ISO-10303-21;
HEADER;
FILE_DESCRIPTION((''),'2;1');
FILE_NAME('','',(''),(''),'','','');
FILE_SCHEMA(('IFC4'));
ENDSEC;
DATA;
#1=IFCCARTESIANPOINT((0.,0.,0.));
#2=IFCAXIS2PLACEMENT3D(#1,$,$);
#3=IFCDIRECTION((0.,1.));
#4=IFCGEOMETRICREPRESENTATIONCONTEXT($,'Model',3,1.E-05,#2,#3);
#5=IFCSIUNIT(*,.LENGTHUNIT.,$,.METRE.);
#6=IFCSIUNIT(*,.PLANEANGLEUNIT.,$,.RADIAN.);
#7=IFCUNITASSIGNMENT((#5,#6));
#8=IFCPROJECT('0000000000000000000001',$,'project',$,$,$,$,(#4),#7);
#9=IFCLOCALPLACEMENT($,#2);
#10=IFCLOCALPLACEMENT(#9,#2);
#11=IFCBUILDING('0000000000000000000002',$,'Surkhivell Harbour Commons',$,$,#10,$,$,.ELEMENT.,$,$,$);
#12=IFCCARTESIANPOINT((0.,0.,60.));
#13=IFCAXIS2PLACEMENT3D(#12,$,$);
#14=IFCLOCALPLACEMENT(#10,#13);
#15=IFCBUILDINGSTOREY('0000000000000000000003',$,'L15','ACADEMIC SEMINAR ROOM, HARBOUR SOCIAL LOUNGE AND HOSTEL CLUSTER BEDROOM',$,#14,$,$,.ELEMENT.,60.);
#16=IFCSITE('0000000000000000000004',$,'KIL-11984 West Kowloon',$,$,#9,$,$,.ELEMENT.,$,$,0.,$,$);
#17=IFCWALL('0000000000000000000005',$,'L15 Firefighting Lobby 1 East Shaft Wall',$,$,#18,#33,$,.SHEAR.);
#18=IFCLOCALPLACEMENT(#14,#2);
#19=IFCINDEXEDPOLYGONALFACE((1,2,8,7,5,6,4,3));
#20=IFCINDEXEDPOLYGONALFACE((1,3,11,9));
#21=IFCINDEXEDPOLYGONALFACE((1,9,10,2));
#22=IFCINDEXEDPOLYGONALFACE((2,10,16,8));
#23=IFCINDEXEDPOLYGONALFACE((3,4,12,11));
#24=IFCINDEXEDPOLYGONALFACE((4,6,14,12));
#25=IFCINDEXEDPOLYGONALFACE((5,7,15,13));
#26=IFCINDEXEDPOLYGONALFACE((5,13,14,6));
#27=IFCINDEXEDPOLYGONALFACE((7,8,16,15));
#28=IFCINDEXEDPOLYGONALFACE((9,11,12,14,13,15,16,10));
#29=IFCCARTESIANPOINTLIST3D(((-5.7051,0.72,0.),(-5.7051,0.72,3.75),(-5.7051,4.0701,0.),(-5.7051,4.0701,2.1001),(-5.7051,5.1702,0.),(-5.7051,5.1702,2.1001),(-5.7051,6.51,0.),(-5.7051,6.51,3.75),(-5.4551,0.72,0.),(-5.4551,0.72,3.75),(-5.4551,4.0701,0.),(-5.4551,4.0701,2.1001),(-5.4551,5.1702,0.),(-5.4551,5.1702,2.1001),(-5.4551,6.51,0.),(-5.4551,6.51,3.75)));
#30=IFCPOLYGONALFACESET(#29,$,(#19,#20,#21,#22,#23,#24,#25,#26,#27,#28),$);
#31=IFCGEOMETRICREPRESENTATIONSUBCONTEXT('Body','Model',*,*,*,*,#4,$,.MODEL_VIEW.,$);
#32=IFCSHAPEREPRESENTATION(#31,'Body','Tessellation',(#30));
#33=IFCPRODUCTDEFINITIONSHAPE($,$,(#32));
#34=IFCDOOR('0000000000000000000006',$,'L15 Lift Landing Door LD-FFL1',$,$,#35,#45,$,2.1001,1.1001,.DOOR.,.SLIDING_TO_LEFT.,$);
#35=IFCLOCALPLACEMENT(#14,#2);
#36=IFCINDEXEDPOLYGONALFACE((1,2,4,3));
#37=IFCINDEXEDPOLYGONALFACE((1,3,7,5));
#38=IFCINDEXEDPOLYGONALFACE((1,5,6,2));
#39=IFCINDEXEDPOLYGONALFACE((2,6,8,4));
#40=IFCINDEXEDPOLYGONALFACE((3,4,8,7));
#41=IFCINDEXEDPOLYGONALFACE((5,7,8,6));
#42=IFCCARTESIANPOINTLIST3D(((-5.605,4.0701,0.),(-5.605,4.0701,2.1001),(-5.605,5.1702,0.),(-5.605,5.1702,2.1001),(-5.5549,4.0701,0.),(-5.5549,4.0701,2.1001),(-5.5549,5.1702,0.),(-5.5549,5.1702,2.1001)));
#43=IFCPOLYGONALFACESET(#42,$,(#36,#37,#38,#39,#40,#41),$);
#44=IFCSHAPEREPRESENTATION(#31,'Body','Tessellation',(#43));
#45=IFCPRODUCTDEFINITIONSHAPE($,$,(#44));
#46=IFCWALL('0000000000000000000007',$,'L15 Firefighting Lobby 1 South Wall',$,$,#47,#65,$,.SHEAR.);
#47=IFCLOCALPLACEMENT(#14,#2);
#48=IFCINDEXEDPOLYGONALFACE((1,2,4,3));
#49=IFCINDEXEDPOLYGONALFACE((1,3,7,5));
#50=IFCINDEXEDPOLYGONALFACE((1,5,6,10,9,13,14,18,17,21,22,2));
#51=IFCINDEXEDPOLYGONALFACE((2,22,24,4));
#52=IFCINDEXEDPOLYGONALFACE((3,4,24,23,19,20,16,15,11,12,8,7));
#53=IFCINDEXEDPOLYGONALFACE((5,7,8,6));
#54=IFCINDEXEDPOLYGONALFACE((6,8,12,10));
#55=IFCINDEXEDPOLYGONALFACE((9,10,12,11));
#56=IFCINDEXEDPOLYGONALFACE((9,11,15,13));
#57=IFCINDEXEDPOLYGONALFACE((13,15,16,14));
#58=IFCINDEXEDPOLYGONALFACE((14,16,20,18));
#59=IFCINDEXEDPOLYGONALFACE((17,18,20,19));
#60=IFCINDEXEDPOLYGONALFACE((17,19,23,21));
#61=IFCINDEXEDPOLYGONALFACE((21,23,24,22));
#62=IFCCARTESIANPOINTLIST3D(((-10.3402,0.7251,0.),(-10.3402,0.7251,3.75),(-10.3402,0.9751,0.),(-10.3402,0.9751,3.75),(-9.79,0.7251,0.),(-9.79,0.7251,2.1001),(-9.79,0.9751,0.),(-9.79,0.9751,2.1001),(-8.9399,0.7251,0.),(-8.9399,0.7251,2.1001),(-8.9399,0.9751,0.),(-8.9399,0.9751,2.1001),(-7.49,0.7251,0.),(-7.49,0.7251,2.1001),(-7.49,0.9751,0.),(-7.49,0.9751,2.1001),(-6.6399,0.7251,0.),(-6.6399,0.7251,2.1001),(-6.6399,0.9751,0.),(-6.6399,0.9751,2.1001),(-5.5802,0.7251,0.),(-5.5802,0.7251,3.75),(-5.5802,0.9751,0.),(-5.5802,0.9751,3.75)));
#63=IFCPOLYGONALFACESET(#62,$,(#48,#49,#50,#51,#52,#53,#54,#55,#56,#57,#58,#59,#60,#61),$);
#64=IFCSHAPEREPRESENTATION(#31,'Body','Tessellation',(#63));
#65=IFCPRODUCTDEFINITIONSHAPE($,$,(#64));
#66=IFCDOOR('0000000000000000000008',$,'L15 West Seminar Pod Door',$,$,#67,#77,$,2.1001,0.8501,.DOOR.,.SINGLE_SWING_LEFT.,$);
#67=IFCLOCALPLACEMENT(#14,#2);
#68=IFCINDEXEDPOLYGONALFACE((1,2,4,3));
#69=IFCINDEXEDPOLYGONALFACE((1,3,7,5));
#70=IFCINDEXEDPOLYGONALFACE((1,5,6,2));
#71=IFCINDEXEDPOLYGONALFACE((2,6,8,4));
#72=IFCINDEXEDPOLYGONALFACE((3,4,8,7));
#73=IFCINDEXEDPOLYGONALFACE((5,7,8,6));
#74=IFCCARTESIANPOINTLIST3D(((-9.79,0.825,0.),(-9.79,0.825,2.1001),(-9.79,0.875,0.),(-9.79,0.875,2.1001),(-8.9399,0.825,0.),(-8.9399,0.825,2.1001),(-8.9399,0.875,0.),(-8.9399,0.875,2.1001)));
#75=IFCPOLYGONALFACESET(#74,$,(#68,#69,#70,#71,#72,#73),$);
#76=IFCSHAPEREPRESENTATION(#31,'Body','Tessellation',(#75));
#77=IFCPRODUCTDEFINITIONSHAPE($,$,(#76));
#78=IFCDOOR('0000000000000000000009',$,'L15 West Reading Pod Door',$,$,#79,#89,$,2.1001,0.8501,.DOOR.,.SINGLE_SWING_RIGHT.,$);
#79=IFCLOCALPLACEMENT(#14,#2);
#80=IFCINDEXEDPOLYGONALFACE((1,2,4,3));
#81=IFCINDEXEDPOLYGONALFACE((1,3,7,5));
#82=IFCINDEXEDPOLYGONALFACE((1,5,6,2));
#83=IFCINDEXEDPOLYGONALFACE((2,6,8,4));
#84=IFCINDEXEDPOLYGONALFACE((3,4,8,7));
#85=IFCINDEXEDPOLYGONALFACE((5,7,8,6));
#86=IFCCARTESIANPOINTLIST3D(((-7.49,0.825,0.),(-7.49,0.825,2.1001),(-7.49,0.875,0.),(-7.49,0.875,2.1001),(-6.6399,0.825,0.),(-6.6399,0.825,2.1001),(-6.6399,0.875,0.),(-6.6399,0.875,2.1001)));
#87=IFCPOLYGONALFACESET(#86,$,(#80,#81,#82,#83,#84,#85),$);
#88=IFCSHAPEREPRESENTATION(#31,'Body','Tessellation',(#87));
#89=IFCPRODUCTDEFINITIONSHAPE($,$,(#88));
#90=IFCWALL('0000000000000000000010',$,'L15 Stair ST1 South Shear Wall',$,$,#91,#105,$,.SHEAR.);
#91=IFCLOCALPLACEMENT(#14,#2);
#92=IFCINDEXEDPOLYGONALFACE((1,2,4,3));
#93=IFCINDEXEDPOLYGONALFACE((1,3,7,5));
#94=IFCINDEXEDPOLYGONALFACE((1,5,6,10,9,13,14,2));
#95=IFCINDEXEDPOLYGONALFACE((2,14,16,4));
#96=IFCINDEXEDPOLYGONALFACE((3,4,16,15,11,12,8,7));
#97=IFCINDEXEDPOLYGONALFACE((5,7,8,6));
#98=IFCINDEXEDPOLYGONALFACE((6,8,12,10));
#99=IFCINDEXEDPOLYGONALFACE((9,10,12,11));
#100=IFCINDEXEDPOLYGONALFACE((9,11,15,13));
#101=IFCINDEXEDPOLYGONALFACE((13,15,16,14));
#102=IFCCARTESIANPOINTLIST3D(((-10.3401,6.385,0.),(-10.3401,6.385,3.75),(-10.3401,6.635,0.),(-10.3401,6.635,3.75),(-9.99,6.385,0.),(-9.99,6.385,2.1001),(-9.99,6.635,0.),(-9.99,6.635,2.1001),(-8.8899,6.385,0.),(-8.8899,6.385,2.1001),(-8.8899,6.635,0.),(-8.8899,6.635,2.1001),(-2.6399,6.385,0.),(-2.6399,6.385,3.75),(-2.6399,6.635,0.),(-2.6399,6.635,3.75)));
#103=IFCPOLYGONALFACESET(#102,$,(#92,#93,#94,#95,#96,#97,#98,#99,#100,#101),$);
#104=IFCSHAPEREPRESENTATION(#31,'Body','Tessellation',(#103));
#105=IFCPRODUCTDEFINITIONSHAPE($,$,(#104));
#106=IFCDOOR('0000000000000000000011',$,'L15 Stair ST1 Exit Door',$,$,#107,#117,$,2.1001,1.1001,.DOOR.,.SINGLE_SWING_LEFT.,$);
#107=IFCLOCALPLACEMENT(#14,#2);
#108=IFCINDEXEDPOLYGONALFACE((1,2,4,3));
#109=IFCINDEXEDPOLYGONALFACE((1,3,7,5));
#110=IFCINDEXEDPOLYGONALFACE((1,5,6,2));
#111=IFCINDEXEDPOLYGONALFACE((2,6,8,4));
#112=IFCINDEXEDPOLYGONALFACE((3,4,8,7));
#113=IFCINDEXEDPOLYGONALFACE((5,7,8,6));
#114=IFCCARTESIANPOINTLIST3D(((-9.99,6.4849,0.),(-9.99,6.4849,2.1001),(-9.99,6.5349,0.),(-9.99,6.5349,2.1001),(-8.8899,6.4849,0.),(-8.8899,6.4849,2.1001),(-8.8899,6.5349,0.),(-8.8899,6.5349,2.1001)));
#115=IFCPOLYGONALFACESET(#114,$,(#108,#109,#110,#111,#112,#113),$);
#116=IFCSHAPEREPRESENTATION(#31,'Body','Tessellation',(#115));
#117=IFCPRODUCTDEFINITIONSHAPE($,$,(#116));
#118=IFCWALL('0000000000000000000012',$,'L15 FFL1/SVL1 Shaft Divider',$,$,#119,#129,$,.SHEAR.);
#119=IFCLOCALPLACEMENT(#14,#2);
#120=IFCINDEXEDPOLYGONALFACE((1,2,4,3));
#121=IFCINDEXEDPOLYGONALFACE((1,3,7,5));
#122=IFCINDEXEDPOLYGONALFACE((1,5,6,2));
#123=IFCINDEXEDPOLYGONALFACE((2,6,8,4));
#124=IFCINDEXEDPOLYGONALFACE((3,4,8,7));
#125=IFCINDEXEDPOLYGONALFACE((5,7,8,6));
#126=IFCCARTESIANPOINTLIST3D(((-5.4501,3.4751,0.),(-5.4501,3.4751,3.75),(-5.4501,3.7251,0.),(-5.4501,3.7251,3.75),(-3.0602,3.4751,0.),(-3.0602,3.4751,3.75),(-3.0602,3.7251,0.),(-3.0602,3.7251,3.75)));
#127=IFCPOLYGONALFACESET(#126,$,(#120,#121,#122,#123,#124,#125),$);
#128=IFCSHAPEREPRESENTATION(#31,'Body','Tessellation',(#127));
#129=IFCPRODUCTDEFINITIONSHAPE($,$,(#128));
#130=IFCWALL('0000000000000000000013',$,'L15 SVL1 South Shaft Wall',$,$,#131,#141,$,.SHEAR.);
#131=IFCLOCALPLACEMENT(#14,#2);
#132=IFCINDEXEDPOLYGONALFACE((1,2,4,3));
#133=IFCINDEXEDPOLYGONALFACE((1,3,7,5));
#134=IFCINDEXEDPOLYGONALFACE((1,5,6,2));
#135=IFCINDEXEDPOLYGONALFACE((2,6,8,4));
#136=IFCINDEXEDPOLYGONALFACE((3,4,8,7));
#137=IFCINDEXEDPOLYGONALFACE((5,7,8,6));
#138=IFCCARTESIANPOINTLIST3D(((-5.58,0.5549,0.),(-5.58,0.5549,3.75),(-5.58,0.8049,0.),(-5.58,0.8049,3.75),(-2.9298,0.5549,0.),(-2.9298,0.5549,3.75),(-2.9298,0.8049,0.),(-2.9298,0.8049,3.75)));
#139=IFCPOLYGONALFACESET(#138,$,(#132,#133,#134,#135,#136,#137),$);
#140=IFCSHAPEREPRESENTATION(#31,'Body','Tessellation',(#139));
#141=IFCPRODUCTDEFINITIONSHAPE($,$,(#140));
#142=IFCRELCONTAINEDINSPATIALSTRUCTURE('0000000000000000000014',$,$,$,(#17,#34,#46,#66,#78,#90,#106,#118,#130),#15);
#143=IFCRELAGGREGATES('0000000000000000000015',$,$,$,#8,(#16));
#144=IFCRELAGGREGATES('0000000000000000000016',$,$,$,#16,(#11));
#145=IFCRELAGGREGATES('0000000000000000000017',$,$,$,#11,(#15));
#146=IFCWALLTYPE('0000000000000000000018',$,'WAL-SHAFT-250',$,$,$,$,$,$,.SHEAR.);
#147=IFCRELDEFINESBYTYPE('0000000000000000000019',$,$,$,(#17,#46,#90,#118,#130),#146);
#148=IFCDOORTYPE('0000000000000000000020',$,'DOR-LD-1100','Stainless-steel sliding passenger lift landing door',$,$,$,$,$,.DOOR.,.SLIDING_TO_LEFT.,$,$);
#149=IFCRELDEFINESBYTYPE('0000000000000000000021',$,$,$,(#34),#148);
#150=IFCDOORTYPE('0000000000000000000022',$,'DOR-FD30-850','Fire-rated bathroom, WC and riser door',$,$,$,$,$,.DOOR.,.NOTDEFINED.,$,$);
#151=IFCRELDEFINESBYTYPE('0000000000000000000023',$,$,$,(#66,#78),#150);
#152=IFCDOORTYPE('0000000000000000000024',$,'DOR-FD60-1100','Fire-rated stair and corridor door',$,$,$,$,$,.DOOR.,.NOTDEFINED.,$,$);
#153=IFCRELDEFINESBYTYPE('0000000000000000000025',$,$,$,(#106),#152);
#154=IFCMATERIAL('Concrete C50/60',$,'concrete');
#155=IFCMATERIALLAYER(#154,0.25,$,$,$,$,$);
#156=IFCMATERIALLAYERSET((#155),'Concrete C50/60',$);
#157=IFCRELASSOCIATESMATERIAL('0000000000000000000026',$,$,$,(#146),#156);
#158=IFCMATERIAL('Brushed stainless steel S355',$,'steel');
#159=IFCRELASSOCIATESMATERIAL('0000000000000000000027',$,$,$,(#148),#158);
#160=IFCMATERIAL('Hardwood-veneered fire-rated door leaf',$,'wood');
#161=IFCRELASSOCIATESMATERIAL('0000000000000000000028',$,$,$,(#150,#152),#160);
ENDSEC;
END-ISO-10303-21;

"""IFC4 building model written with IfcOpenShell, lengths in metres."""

from ifc_helpers import new_model, si_unit, direction, frame, frame_2d, origin, place, context, subcontext, project, spatial, rectangle, extrude, material, layer, layer_set, type_object, element, fill, save


model = new_model("IFC4")

# Units and contexts
model_context = context("Model", 3, precision=1e-05, world=origin(), true_north=direction((0.0, 1.0)))
body_context = subcontext(model_context, "Body", "Model", "MODEL_VIEW")
ifc_project = project(units=[si_unit("LENGTHUNIT", "METRE"), si_unit("PLANEANGLEUNIT", "RADIAN")], contexts=[model_context])

# Site, building, storey
site_placement = place(None, origin())
site = spatial("IfcSite", under=ifc_project, at=site_placement, Name="KIL-11984 West Kowloon", CompositionType="ELEMENT", RefElevation=0.0)
building_placement = place(site_placement, origin())
building = spatial("IfcBuilding", under=site, at=building_placement, Name="Surkhivell Harbour Commons", CompositionType="ELEMENT")
storey_placement = place(building_placement, frame((0.0, 0.0, 60.0)))
storey = spatial("IfcBuildingStorey", under=building, at=storey_placement, Name="L15", Description="ACADEMIC SEMINAR ROOM, HARBOUR SOCIAL LOUNGE AND HOSTEL CLUSTER BEDROOM", CompositionType="ELEMENT", Elevation=60.0)

# Shared definitions
ifc_material_1 = material(Name="Hardwood-veneered fire-rated door leaf", Category="wood")

# Wall, opening, door
ifc_material_2 = material(Name="Concrete C50/60", Category="concrete")
ifc_layer_1 = layer(ifc_material_2, 0.25)
ifc_layer_set_1 = layer_set([ifc_layer_1], Name="Concrete C50/60")
wall_type_1 = type_object("IfcWallType", Name="WAL-SHAFT-250", PredefinedType="SHEAR", material=ifc_layer_set_1)
wall_1_placement = place(storey_placement, frame((-5.5801, 0.72, 0.0), z_axis=(0.0, 0.0, 1.0), x_axis=(0.0, 1.0, 0.0)))
wall_1 = element("IfcWall", 1, at=wall_1_placement, inside=storey, type_object=wall_type_1, Name="L15 Firefighting Lobby 1 East Shaft Wall", PredefinedType="SHEAR", context=body_context, shape_type="SweptSolid", body=[
    extrude(rectangle(XDim=5.79, YDim=0.25, at=frame_2d((2.895, 0.0))), origin(), (0.0, 0.0, 1.0), 3.75),
])
opening_1_placement = place(wall_1_placement, frame((3.3501, 0.0, 0.0)))
opening_1 = element("IfcOpeningElement", 2, at=opening_1_placement, cuts=wall_1, PredefinedType="OPENING", context=body_context, shape_type="SweptSolid", body=[
    extrude(rectangle(XDim=1.1001, YDim=2.1001, at=frame_2d((0.55, 1.05))), frame((0.0, 0.135, 0.0), z_axis=(0.0, -1.0, 0.0), x_axis=(1.0, 0.0, 0.0)), (0.0, 0.0, 1.0), 0.27),
])
ifc_material_3 = material(Name="Brushed stainless steel S355", Category="steel")
door_type_1 = type_object("IfcDoorType", Name="DOR-LD-1100", Description="Stainless-steel sliding passenger lift landing door", OperationType="SLIDING_TO_LEFT", PredefinedType="DOOR", material=ifc_material_3)
door_1_placement = place(opening_1_placement, origin())
door_1 = element("IfcDoor", 3, at=door_1_placement, inside=storey, type_object=door_type_1, Name="L15 Lift Landing Door LD-FFL1", OperationType="SLIDING_TO_LEFT", OverallHeight=2.1001, OverallWidth=1.1001, PredefinedType="DOOR", context=body_context, shape_type="SweptSolid", body=[
    extrude(rectangle(XDim=1.1001, YDim=2.1001, at=frame_2d((0.55, 1.05))), frame((0.0, 0.0249, 0.0), z_axis=(0.0, -1.0, 0.0), x_axis=(1.0, 0.0, 0.0)), (0.0, 0.0, 1.0), 0.05),
])
fill(opening_1, door_1)

# Wall, openings, doors
wall_2_placement = place(storey_placement, frame((-10.3401, 0.8501, 0.0), z_axis=(0.0, 0.0, 1.0), x_axis=(1.0, 0.0, 0.0)))
wall_2 = element("IfcWall", 4, at=wall_2_placement, inside=storey, type_object=wall_type_1, Name="L15 Firefighting Lobby 1 South Wall", PredefinedType="SHEAR", context=body_context, shape_type="SweptSolid", body=[
    extrude(rectangle(XDim=4.76, YDim=0.25, at=frame_2d((2.3799, 0.0))), origin(), (0.0, 0.0, 1.0), 3.75),
])
opening_2_placement = place(wall_2_placement, frame((0.55, 0.0, 0.0)))
opening_2 = element("IfcOpeningElement", 5, at=opening_2_placement, cuts=wall_2, PredefinedType="OPENING", context=body_context, shape_type="SweptSolid", body=[
    extrude(rectangle(XDim=0.8501, YDim=2.1001, at=frame_2d((0.425, 1.05))), frame((0.0, 0.135, 0.0), z_axis=(0.0, -1.0, 0.0), x_axis=(1.0, 0.0, 0.0)), (0.0, 0.0, 1.0), 0.27),
])
opening_3_placement = place(wall_2_placement, frame((2.8501, 0.0, 0.0)))
opening_3 = element("IfcOpeningElement", 6, at=opening_3_placement, cuts=wall_2, PredefinedType="OPENING", context=body_context, shape_type="SweptSolid", body=[
    extrude(rectangle(XDim=0.8501, YDim=2.1001, at=frame_2d((0.425, 1.05))), frame((0.0, 0.135, 0.0), z_axis=(0.0, -1.0, 0.0), x_axis=(1.0, 0.0, 0.0)), (0.0, 0.0, 1.0), 0.27),
])
door_type_2 = type_object("IfcDoorType", Name="DOR-FD30-850", Description="Fire-rated bathroom, WC and riser door", OperationType="NOTDEFINED", PredefinedType="DOOR", material=ifc_material_1)
door_2_placement = place(opening_2_placement, origin())
door_2 = element("IfcDoor", 7, at=door_2_placement, inside=storey, type_object=door_type_2, Name="L15 West Seminar Pod Door", OperationType="SINGLE_SWING_LEFT", OverallHeight=2.1001, OverallWidth=0.8501, PredefinedType="DOOR", context=body_context, shape_type="SweptSolid", body=[
    extrude(rectangle(XDim=0.8501, YDim=2.1001, at=frame_2d((0.425, 1.05))), frame((0.0, 0.0249, 0.0), z_axis=(0.0, -1.0, 0.0), x_axis=(1.0, 0.0, 0.0)), (0.0, 0.0, 1.0), 0.05),
])
fill(opening_2, door_2)
door_3_placement = place(opening_3_placement, origin())
door_3 = element("IfcDoor", 8, at=door_3_placement, inside=storey, type_object=door_type_2, Name="L15 West Reading Pod Door", OperationType="SINGLE_SWING_RIGHT", OverallHeight=2.1001, OverallWidth=0.8501, PredefinedType="DOOR", context=body_context, shape_type="SweptSolid", body=[
    extrude(rectangle(XDim=0.8501, YDim=2.1001, at=frame_2d((0.425, 1.05))), frame((0.0, 0.0249, 0.0), z_axis=(0.0, -1.0, 0.0), x_axis=(1.0, 0.0, 0.0)), (0.0, 0.0, 1.0), 0.05),
])
fill(opening_3, door_3)

# Wall, opening, door
wall_3_placement = place(storey_placement, frame((-10.3401, 6.51, 0.0), z_axis=(0.0, 0.0, 1.0), x_axis=(1.0, 0.0, 0.0)))
wall_3 = element("IfcWall", 9, at=wall_3_placement, inside=storey, type_object=wall_type_1, Name="L15 Stair ST1 South Shear Wall", PredefinedType="SHEAR", context=body_context, shape_type="SweptSolid", body=[
    extrude(rectangle(XDim=7.7002, YDim=0.25, at=frame_2d((3.8501, 0.0))), origin(), (0.0, 0.0, 1.0), 3.75),
])
opening_4_placement = place(wall_3_placement, frame((0.3501, 0.0, 0.0)))
opening_4 = element("IfcOpeningElement", 10, at=opening_4_placement, cuts=wall_3, PredefinedType="OPENING", context=body_context, shape_type="SweptSolid", body=[
    extrude(rectangle(XDim=1.1001, YDim=2.1001, at=frame_2d((0.55, 1.05))), frame((0.0, 0.135, 0.0), z_axis=(0.0, -1.0, 0.0), x_axis=(1.0, 0.0, 0.0)), (0.0, 0.0, 1.0), 0.27),
])
door_type_3 = type_object("IfcDoorType", Name="DOR-FD60-1100", Description="Fire-rated stair and corridor door", OperationType="NOTDEFINED", PredefinedType="DOOR", material=ifc_material_1)
door_4_placement = place(opening_4_placement, origin())
door_4 = element("IfcDoor", 11, at=door_4_placement, inside=storey, type_object=door_type_3, Name="L15 Stair ST1 Exit Door", OperationType="SINGLE_SWING_LEFT", OverallHeight=2.1001, OverallWidth=1.1001, PredefinedType="DOOR", context=body_context, shape_type="SweptSolid", body=[
    extrude(rectangle(XDim=1.1001, YDim=2.1001, at=frame_2d((0.55, 1.05))), frame((0.0, 0.0249, 0.0), z_axis=(0.0, -1.0, 0.0), x_axis=(1.0, 0.0, 0.0)), (0.0, 0.0, 1.0), 0.05),
])
fill(opening_4, door_4)

# Walls
wall_4_placement = place(storey_placement, frame((-5.45, 3.6001, 0.0), z_axis=(0.0, 0.0, 1.0), x_axis=(1.0, 0.0, 0.0)))
element("IfcWall", 12, at=wall_4_placement, inside=storey, type_object=wall_type_1, Name="L15 FFL1/SVL1 Shaft Divider", PredefinedType="SHEAR", context=body_context, shape_type="SweptSolid", body=[
    extrude(rectangle(XDim=2.3899, YDim=0.25, at=frame_2d((1.1948, 0.0))), origin(), (0.0, 0.0, 1.0), 3.75),
])
wall_5_placement = place(storey_placement, frame((-5.5801, 0.6799, 0.0), z_axis=(0.0, 0.0, 1.0), x_axis=(1.0, 0.0, 0.0)))
element("IfcWall", 13, at=wall_5_placement, inside=storey, type_object=wall_type_1, Name="L15 SVL1 South Shaft Wall", PredefinedType="SHEAR", context=body_context, shape_type="SweptSolid", body=[
    extrude(rectangle(XDim=2.6501, YDim=0.25, at=frame_2d((1.3252, 0.0))), origin(), (0.0, 0.0, 1.0), 3.75),
])

save(model, "model.ifc")
